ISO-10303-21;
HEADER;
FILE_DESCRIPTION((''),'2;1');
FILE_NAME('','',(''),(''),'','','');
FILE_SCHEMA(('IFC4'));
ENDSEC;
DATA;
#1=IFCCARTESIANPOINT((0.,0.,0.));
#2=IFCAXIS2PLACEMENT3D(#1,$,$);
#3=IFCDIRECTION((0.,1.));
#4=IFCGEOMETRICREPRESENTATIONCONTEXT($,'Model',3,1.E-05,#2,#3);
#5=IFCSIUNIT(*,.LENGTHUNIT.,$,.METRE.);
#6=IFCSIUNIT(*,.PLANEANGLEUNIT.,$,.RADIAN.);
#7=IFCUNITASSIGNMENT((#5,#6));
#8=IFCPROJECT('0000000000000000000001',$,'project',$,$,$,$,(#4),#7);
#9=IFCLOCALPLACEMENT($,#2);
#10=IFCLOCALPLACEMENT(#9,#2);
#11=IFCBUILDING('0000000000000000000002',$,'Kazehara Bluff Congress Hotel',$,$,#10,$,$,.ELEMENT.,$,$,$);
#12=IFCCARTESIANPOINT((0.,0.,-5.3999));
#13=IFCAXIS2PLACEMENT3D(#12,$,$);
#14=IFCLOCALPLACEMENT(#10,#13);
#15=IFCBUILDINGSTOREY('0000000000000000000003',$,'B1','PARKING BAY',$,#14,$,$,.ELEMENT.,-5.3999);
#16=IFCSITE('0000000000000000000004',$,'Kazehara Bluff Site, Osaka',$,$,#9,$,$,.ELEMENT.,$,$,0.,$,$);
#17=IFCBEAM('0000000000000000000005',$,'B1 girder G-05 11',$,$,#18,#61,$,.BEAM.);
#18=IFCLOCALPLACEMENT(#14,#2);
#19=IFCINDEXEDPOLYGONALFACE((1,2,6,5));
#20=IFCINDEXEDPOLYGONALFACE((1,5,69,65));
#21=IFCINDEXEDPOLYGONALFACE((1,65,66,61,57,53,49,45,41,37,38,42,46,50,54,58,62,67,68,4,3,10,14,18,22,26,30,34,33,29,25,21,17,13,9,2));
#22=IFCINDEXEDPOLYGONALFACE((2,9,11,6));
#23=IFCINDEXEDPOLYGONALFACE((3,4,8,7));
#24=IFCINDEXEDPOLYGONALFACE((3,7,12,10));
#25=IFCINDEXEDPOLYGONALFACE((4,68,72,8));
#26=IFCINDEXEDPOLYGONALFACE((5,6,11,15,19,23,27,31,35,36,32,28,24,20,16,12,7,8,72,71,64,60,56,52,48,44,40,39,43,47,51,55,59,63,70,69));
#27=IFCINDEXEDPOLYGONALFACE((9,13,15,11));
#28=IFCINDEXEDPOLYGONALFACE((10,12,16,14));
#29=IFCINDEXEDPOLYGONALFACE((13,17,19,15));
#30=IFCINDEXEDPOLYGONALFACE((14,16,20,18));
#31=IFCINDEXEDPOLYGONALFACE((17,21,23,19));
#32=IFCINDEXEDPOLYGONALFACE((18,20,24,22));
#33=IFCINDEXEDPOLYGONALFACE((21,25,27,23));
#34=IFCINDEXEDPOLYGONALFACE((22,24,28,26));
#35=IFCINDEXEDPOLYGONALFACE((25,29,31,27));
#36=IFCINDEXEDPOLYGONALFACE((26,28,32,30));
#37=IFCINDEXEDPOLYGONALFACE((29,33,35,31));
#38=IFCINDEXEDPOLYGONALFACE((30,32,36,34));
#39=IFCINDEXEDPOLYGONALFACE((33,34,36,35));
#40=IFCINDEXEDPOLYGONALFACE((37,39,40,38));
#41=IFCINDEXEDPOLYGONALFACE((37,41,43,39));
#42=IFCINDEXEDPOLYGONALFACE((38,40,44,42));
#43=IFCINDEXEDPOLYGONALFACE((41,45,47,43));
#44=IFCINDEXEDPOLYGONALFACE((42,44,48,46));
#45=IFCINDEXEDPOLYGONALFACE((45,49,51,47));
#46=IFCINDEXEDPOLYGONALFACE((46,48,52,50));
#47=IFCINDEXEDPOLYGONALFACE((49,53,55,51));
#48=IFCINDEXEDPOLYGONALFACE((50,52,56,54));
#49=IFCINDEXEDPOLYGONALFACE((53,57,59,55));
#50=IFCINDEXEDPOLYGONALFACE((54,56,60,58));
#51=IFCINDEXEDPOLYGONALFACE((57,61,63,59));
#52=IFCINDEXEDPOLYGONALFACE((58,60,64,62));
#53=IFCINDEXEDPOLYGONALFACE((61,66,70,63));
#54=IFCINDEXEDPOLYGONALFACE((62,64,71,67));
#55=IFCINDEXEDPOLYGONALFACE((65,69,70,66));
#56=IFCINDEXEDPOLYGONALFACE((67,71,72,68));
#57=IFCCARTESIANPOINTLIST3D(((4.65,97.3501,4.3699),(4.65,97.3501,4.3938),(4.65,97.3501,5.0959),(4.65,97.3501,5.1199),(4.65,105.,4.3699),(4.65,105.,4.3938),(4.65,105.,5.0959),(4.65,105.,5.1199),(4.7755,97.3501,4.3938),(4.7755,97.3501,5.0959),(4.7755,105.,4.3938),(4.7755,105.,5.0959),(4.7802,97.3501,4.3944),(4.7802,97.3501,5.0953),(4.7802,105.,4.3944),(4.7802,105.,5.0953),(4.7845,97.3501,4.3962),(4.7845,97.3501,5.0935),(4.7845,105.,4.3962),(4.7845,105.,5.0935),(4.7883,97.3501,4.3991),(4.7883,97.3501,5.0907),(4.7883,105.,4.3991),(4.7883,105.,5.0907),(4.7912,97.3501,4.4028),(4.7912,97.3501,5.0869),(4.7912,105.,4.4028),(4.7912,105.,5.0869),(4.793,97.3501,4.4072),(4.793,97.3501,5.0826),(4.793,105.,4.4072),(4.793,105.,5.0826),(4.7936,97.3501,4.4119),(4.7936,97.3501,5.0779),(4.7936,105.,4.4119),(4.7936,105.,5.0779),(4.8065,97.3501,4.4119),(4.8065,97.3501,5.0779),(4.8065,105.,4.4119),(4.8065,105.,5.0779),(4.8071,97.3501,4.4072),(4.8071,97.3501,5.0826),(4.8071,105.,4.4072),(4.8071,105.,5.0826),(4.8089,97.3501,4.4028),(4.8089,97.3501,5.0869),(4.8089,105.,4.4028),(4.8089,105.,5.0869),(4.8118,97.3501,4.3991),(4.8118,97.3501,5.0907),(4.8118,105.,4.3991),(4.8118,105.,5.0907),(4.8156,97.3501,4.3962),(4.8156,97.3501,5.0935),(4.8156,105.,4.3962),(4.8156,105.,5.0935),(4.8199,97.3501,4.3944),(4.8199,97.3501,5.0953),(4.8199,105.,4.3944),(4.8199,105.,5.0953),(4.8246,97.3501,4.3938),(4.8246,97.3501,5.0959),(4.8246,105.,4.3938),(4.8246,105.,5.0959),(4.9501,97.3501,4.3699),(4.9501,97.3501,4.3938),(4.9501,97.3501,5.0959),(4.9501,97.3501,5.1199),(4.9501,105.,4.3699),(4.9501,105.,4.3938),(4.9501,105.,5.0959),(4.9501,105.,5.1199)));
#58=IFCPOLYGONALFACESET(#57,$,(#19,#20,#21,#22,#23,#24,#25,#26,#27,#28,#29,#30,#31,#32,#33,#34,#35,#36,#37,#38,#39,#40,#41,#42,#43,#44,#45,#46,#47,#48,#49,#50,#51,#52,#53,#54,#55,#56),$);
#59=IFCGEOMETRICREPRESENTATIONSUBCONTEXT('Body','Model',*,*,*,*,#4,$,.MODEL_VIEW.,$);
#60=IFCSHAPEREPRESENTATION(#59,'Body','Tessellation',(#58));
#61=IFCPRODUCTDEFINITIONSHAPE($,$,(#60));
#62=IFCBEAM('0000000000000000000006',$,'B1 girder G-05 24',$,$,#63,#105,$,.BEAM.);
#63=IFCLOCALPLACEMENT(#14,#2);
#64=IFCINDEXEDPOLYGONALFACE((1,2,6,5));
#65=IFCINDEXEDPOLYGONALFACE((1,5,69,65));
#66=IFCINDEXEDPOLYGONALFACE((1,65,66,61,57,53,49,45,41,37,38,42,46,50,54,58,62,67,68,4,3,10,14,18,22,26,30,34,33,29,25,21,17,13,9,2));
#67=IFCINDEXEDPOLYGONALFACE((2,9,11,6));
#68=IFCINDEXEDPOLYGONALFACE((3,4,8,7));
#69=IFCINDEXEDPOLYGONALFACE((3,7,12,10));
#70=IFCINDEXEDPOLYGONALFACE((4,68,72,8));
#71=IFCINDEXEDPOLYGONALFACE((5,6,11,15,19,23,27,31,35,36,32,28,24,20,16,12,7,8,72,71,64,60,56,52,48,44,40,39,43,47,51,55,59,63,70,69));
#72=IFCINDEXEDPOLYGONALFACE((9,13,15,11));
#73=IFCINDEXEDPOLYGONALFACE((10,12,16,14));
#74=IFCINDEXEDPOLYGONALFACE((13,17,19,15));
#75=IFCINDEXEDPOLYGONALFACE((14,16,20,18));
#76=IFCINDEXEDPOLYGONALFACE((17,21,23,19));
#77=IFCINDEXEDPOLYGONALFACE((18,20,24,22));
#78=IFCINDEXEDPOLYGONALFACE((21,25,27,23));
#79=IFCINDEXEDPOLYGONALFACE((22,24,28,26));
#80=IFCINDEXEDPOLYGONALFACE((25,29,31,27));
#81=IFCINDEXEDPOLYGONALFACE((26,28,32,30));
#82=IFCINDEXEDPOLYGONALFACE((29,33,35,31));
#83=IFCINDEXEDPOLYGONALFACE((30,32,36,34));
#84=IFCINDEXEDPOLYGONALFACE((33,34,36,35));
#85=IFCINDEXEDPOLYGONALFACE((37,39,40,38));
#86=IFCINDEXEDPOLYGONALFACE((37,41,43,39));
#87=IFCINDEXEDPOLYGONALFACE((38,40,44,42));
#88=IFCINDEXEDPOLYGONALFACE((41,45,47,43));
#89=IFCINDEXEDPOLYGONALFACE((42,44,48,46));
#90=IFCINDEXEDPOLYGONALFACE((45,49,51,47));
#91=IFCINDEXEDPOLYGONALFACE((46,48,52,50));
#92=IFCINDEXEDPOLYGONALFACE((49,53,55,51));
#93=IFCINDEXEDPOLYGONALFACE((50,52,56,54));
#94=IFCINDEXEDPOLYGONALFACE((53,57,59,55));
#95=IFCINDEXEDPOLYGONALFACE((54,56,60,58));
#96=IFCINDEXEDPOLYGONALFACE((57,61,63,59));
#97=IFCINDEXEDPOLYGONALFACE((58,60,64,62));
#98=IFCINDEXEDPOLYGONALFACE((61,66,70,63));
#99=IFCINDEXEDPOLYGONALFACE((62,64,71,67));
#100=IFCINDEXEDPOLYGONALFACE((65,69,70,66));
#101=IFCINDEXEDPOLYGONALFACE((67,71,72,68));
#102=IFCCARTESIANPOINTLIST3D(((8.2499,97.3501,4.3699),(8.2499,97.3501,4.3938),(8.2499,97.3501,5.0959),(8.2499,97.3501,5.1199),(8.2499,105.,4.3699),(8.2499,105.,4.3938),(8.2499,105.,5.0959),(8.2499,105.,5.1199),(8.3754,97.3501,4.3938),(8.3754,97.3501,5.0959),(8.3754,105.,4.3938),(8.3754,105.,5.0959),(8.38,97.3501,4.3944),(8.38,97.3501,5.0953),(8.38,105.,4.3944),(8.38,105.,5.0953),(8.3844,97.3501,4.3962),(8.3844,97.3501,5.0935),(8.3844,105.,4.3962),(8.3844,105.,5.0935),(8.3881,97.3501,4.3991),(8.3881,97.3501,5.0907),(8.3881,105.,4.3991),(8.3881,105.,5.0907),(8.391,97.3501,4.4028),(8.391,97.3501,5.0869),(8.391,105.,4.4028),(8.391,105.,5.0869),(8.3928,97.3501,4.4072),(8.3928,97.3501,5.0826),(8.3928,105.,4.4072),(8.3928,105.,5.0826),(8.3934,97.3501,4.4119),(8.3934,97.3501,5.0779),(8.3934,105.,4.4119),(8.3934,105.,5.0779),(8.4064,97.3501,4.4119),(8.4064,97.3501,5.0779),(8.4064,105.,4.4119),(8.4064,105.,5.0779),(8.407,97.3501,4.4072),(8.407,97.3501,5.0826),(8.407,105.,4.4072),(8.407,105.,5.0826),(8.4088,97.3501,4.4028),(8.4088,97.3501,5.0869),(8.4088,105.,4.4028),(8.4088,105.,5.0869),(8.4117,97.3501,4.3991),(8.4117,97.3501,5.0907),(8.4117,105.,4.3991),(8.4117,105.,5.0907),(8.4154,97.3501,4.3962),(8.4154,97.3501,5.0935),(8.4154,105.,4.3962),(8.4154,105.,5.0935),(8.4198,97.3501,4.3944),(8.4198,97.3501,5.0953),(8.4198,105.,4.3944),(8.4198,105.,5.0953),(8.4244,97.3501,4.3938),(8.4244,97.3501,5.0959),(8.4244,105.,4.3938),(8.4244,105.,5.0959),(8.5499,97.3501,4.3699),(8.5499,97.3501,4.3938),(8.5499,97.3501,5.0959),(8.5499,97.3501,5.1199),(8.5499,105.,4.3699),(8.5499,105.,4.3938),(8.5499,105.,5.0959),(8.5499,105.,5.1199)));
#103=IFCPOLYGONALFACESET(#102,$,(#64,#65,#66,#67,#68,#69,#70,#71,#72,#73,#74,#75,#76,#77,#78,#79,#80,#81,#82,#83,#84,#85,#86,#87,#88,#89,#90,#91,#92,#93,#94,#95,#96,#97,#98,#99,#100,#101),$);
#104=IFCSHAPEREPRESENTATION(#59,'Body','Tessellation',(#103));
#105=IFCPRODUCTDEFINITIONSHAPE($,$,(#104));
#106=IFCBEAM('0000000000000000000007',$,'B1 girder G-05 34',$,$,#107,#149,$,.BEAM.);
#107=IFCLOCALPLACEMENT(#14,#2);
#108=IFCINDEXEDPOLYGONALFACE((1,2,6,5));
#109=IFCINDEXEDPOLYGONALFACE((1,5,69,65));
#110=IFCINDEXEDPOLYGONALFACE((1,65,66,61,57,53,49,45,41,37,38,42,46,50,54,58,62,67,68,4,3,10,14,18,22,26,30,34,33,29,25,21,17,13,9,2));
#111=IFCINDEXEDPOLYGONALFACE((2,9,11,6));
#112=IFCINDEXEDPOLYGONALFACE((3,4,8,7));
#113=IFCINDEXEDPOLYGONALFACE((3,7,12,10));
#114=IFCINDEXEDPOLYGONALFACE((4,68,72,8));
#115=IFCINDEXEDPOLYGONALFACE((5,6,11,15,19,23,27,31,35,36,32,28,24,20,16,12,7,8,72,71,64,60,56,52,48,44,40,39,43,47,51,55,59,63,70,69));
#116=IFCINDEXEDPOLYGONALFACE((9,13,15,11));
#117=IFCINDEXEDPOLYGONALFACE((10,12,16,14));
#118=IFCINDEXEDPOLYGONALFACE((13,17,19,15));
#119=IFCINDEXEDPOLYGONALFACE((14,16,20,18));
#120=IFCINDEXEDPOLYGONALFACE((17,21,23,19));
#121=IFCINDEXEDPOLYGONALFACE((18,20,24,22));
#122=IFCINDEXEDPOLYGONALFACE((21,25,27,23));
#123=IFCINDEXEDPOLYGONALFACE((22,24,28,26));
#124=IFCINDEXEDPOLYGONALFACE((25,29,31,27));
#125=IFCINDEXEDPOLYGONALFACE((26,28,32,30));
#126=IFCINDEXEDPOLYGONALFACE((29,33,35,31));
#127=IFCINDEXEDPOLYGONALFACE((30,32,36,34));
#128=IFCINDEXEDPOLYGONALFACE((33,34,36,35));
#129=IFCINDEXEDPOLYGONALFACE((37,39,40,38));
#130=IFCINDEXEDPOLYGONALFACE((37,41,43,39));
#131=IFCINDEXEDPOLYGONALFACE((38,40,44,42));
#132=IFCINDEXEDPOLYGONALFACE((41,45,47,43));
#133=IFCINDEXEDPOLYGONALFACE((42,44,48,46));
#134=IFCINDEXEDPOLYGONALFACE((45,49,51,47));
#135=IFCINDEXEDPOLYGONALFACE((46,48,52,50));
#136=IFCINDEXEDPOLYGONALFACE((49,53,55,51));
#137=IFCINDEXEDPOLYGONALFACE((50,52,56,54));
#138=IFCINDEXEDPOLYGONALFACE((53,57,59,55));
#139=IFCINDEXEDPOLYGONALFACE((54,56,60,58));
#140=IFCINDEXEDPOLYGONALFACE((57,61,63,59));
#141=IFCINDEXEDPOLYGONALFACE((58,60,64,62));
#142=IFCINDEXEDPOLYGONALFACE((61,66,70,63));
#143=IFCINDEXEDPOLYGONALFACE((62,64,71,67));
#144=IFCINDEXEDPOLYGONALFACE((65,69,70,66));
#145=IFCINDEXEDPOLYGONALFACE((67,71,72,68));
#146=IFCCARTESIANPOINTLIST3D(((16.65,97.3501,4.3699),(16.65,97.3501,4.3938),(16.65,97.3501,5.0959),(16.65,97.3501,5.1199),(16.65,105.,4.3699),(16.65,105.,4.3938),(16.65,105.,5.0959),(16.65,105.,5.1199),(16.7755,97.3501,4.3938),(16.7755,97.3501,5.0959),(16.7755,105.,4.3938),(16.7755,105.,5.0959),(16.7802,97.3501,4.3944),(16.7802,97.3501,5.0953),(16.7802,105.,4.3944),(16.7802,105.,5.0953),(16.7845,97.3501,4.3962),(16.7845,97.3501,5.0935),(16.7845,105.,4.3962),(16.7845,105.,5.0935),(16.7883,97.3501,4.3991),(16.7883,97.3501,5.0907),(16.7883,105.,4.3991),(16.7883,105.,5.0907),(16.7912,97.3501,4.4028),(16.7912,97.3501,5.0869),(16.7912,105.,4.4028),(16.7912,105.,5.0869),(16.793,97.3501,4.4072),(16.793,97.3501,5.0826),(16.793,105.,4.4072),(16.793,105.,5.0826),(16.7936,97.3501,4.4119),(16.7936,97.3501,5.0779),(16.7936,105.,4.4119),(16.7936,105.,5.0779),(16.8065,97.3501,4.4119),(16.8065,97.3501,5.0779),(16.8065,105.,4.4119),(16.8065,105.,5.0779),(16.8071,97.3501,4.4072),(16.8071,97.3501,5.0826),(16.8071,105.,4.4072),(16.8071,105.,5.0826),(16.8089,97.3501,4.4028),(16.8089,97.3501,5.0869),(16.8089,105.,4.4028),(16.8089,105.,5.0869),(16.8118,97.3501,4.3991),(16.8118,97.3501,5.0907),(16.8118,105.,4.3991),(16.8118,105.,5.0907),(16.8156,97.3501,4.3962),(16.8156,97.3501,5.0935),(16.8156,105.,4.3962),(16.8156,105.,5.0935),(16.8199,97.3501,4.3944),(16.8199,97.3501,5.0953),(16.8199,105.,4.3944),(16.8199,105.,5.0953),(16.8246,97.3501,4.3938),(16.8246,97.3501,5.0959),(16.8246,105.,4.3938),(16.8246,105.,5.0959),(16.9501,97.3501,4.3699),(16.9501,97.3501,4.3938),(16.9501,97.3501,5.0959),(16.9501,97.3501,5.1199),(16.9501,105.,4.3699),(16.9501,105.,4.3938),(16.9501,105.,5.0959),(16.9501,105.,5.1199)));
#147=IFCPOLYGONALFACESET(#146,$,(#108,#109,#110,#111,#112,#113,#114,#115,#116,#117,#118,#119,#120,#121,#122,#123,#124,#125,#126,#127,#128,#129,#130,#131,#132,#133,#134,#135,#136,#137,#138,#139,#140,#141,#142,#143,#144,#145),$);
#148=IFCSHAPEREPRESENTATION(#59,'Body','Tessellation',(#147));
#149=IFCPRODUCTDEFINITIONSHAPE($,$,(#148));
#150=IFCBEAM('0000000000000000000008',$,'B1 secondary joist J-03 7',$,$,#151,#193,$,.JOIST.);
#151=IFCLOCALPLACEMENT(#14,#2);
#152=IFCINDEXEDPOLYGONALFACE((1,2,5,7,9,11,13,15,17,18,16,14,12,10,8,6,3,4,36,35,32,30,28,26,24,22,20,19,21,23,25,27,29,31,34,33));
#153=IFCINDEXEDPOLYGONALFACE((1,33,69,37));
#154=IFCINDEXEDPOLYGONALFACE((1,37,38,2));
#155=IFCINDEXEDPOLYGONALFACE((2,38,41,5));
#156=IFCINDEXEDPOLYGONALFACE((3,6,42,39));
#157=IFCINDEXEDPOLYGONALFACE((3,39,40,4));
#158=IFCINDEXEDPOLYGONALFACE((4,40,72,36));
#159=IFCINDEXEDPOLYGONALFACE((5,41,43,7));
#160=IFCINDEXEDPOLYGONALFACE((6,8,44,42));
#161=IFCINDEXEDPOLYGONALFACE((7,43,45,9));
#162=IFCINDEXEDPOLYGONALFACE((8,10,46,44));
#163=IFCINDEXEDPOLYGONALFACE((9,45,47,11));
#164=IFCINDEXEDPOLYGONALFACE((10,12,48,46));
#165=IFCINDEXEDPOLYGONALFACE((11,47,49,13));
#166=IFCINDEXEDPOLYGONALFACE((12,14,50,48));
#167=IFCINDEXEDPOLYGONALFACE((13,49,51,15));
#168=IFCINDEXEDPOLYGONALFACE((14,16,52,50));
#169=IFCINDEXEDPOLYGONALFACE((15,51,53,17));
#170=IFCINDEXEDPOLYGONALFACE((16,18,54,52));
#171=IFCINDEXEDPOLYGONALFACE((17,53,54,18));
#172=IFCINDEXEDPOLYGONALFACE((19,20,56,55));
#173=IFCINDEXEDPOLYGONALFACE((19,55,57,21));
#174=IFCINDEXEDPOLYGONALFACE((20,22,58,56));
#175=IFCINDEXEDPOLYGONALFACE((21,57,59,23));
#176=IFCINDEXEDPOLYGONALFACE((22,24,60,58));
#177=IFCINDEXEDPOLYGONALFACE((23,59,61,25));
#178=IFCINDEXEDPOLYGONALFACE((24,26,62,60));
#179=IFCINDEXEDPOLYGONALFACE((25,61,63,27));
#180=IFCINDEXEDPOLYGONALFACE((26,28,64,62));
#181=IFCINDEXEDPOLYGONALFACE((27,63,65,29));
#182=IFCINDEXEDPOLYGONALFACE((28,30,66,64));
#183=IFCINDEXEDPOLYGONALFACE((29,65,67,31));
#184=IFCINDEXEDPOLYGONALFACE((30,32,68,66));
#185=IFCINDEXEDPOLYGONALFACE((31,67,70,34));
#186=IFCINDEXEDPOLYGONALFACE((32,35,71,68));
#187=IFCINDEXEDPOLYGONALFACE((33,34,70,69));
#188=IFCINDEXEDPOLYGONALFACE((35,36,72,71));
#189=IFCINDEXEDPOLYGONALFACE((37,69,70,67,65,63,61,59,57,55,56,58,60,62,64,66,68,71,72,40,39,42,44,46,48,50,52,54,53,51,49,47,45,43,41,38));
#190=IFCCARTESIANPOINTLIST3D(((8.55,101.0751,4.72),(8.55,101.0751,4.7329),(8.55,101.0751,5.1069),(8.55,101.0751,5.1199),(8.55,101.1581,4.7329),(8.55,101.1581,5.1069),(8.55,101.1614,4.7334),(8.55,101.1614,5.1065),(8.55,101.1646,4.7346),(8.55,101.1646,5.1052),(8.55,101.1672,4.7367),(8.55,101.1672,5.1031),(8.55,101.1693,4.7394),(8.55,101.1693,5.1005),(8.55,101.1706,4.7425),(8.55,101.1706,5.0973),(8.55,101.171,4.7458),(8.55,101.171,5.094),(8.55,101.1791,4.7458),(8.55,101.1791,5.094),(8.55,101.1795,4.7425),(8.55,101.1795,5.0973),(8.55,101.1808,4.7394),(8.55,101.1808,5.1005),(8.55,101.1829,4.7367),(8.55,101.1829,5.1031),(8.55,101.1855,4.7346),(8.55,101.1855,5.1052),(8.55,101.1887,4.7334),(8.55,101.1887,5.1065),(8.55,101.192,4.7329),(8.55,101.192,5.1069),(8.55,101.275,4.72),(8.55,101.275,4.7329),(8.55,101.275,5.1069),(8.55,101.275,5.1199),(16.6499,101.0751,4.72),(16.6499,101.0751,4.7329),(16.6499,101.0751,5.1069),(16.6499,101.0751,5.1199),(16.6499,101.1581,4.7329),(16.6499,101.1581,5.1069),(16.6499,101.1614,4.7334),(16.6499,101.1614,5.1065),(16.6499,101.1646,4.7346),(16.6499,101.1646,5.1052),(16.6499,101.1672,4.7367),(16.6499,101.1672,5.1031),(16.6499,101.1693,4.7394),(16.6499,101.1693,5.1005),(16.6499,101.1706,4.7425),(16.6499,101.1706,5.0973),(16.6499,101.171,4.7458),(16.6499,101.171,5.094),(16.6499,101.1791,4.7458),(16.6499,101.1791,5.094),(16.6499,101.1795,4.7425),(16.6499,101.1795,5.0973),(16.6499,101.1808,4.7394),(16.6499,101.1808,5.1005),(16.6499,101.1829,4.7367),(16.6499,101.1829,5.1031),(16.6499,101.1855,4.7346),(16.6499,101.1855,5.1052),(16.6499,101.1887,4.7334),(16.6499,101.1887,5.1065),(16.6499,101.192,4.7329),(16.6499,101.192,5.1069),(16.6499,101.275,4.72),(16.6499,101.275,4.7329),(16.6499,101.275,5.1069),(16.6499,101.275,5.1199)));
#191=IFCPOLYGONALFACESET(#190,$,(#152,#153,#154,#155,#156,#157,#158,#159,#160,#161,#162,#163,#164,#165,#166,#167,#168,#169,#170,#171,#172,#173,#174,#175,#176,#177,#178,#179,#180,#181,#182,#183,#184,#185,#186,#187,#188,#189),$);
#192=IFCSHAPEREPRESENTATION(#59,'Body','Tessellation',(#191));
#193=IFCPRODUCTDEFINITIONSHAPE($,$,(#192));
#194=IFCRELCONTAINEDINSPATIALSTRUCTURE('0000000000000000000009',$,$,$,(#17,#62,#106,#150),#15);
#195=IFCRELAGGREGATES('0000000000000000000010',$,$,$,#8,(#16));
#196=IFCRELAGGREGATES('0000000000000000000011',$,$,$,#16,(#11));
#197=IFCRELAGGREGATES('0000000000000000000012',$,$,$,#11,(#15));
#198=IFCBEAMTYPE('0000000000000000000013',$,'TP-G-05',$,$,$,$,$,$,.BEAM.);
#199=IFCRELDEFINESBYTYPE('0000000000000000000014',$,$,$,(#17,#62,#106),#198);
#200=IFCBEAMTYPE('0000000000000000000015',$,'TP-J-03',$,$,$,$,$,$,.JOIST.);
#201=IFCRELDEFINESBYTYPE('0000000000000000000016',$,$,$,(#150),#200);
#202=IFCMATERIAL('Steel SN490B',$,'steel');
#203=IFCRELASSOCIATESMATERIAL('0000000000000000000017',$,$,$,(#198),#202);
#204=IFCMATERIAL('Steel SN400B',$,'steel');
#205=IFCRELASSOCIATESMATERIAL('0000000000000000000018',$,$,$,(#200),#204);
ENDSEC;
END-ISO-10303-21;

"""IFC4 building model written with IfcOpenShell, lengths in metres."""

from ifc_helpers import new_model, si_unit, direction, frame, origin, origin_2d, place, context, subcontext, project, spatial, i_section, extrude, material, material_profile, profile_set, type_object, element, save


model = new_model("IFC4")

# Units and contexts
model_context = context("Model", 3, precision=1e-05, world=origin(), true_north=direction((0.0, 1.0)))
body_context = subcontext(model_context, "Body", "Model", "MODEL_VIEW")
ifc_project = project(units=[si_unit("LENGTHUNIT", "METRE"), si_unit("PLANEANGLEUNIT", "RADIAN")], contexts=[model_context])

# Site, building, storey
site_placement = place(None, origin())
site = spatial("IfcSite", under=ifc_project, at=site_placement, Name="Kazehara Bluff Site, Osaka", CompositionType="ELEMENT", RefElevation=0.0)
building_placement = place(site_placement, origin())
building = spatial("IfcBuilding", under=site, at=building_placement, Name="Kazehara Bluff Congress Hotel", CompositionType="ELEMENT")
storey_placement = place(building_placement, frame((0.0, 0.0, -5.3999)))
storey = spatial("IfcBuildingStorey", under=building, at=storey_placement, Name="B1", Description="PARKING BAY", CompositionType="ELEMENT", Elevation=-5.3999)

# Beams
ifc_material_1 = material(Name="Steel SN490B", Category="steel")
ifc_material_profile_1 = material_profile(ifc_material_1, i_section(OverallWidth=0.3, OverallDepth=0.75, WebThickness=0.0129, FlangeThickness=0.0239, FilletRadius=0.0181, at=origin_2d()))
ifc_profile_set_1 = profile_set([ifc_material_profile_1], Name="Steel SN490B")
beam_type_1 = type_object("IfcBeamType", Name="TP-G-05", PredefinedType="BEAM", material=ifc_profile_set_1)
for number, where, z_axis, x_axis, name in (
    (1, (4.8, 97.3501, 4.7449), (0.0, 1.0, 0.0), (-1.0, 0.0, 0.0), "B1 girder G-05 11"),
    (2, (8.3999, 97.3501, 4.7449), (0.0, 1.0, 0.0), (-1.0, 0.0, 0.0), "B1 girder G-05 24"),
    (3, (16.8, 97.3501, 4.7449), (0.0, 1.0, 0.0), (-1.0, 0.0, 0.0), "B1 girder G-05 34"),
):
    element("IfcBeam", number, at=place(storey_placement, frame(where, z_axis=z_axis, x_axis=x_axis)), inside=storey, type_object=beam_type_1, Name=name, PredefinedType="BEAM", context=body_context, shape_type="SweptSolid", body=[
        extrude(i_section(OverallWidth=0.3, OverallDepth=0.75, WebThickness=0.0129, FlangeThickness=0.0239, FilletRadius=0.0181, at=origin_2d()), origin(), (0.0, 0.0, 1.0), 7.6499),
    ])
ifc_material_2 = material(Name="Steel SN400B", Category="steel")
ifc_material_profile_2 = material_profile(ifc_material_2, i_section(OverallWidth=0.2, OverallDepth=0.3999, WebThickness=0.0081, FlangeThickness=0.0129, FilletRadius=0.0129, at=origin_2d()))
ifc_profile_set_2 = profile_set([ifc_material_profile_2], Name="Steel SN400B")
beam_type_2 = type_object("IfcBeamType", Name="TP-J-03", PredefinedType="JOIST", material=ifc_profile_set_2)
beam_1_placement = place(storey_placement, frame((8.55, 101.175, 4.9199), z_axis=(1.0, 0.0, 0.0), x_axis=(0.0, 1.0, 0.0)))
element("IfcBeam", 4, at=beam_1_placement, inside=storey, type_object=beam_type_2, Name="B1 secondary joist J-03 7", PredefinedType="JOIST", context=body_context, shape_type="SweptSolid", body=[
    extrude(i_section(OverallWidth=0.2, OverallDepth=0.3999, WebThickness=0.0081, FlangeThickness=0.0129, FilletRadius=0.0129, at=origin_2d()), origin(), (0.0, 0.0, 1.0), 8.0999),
])

save(model, "model.ifc")
